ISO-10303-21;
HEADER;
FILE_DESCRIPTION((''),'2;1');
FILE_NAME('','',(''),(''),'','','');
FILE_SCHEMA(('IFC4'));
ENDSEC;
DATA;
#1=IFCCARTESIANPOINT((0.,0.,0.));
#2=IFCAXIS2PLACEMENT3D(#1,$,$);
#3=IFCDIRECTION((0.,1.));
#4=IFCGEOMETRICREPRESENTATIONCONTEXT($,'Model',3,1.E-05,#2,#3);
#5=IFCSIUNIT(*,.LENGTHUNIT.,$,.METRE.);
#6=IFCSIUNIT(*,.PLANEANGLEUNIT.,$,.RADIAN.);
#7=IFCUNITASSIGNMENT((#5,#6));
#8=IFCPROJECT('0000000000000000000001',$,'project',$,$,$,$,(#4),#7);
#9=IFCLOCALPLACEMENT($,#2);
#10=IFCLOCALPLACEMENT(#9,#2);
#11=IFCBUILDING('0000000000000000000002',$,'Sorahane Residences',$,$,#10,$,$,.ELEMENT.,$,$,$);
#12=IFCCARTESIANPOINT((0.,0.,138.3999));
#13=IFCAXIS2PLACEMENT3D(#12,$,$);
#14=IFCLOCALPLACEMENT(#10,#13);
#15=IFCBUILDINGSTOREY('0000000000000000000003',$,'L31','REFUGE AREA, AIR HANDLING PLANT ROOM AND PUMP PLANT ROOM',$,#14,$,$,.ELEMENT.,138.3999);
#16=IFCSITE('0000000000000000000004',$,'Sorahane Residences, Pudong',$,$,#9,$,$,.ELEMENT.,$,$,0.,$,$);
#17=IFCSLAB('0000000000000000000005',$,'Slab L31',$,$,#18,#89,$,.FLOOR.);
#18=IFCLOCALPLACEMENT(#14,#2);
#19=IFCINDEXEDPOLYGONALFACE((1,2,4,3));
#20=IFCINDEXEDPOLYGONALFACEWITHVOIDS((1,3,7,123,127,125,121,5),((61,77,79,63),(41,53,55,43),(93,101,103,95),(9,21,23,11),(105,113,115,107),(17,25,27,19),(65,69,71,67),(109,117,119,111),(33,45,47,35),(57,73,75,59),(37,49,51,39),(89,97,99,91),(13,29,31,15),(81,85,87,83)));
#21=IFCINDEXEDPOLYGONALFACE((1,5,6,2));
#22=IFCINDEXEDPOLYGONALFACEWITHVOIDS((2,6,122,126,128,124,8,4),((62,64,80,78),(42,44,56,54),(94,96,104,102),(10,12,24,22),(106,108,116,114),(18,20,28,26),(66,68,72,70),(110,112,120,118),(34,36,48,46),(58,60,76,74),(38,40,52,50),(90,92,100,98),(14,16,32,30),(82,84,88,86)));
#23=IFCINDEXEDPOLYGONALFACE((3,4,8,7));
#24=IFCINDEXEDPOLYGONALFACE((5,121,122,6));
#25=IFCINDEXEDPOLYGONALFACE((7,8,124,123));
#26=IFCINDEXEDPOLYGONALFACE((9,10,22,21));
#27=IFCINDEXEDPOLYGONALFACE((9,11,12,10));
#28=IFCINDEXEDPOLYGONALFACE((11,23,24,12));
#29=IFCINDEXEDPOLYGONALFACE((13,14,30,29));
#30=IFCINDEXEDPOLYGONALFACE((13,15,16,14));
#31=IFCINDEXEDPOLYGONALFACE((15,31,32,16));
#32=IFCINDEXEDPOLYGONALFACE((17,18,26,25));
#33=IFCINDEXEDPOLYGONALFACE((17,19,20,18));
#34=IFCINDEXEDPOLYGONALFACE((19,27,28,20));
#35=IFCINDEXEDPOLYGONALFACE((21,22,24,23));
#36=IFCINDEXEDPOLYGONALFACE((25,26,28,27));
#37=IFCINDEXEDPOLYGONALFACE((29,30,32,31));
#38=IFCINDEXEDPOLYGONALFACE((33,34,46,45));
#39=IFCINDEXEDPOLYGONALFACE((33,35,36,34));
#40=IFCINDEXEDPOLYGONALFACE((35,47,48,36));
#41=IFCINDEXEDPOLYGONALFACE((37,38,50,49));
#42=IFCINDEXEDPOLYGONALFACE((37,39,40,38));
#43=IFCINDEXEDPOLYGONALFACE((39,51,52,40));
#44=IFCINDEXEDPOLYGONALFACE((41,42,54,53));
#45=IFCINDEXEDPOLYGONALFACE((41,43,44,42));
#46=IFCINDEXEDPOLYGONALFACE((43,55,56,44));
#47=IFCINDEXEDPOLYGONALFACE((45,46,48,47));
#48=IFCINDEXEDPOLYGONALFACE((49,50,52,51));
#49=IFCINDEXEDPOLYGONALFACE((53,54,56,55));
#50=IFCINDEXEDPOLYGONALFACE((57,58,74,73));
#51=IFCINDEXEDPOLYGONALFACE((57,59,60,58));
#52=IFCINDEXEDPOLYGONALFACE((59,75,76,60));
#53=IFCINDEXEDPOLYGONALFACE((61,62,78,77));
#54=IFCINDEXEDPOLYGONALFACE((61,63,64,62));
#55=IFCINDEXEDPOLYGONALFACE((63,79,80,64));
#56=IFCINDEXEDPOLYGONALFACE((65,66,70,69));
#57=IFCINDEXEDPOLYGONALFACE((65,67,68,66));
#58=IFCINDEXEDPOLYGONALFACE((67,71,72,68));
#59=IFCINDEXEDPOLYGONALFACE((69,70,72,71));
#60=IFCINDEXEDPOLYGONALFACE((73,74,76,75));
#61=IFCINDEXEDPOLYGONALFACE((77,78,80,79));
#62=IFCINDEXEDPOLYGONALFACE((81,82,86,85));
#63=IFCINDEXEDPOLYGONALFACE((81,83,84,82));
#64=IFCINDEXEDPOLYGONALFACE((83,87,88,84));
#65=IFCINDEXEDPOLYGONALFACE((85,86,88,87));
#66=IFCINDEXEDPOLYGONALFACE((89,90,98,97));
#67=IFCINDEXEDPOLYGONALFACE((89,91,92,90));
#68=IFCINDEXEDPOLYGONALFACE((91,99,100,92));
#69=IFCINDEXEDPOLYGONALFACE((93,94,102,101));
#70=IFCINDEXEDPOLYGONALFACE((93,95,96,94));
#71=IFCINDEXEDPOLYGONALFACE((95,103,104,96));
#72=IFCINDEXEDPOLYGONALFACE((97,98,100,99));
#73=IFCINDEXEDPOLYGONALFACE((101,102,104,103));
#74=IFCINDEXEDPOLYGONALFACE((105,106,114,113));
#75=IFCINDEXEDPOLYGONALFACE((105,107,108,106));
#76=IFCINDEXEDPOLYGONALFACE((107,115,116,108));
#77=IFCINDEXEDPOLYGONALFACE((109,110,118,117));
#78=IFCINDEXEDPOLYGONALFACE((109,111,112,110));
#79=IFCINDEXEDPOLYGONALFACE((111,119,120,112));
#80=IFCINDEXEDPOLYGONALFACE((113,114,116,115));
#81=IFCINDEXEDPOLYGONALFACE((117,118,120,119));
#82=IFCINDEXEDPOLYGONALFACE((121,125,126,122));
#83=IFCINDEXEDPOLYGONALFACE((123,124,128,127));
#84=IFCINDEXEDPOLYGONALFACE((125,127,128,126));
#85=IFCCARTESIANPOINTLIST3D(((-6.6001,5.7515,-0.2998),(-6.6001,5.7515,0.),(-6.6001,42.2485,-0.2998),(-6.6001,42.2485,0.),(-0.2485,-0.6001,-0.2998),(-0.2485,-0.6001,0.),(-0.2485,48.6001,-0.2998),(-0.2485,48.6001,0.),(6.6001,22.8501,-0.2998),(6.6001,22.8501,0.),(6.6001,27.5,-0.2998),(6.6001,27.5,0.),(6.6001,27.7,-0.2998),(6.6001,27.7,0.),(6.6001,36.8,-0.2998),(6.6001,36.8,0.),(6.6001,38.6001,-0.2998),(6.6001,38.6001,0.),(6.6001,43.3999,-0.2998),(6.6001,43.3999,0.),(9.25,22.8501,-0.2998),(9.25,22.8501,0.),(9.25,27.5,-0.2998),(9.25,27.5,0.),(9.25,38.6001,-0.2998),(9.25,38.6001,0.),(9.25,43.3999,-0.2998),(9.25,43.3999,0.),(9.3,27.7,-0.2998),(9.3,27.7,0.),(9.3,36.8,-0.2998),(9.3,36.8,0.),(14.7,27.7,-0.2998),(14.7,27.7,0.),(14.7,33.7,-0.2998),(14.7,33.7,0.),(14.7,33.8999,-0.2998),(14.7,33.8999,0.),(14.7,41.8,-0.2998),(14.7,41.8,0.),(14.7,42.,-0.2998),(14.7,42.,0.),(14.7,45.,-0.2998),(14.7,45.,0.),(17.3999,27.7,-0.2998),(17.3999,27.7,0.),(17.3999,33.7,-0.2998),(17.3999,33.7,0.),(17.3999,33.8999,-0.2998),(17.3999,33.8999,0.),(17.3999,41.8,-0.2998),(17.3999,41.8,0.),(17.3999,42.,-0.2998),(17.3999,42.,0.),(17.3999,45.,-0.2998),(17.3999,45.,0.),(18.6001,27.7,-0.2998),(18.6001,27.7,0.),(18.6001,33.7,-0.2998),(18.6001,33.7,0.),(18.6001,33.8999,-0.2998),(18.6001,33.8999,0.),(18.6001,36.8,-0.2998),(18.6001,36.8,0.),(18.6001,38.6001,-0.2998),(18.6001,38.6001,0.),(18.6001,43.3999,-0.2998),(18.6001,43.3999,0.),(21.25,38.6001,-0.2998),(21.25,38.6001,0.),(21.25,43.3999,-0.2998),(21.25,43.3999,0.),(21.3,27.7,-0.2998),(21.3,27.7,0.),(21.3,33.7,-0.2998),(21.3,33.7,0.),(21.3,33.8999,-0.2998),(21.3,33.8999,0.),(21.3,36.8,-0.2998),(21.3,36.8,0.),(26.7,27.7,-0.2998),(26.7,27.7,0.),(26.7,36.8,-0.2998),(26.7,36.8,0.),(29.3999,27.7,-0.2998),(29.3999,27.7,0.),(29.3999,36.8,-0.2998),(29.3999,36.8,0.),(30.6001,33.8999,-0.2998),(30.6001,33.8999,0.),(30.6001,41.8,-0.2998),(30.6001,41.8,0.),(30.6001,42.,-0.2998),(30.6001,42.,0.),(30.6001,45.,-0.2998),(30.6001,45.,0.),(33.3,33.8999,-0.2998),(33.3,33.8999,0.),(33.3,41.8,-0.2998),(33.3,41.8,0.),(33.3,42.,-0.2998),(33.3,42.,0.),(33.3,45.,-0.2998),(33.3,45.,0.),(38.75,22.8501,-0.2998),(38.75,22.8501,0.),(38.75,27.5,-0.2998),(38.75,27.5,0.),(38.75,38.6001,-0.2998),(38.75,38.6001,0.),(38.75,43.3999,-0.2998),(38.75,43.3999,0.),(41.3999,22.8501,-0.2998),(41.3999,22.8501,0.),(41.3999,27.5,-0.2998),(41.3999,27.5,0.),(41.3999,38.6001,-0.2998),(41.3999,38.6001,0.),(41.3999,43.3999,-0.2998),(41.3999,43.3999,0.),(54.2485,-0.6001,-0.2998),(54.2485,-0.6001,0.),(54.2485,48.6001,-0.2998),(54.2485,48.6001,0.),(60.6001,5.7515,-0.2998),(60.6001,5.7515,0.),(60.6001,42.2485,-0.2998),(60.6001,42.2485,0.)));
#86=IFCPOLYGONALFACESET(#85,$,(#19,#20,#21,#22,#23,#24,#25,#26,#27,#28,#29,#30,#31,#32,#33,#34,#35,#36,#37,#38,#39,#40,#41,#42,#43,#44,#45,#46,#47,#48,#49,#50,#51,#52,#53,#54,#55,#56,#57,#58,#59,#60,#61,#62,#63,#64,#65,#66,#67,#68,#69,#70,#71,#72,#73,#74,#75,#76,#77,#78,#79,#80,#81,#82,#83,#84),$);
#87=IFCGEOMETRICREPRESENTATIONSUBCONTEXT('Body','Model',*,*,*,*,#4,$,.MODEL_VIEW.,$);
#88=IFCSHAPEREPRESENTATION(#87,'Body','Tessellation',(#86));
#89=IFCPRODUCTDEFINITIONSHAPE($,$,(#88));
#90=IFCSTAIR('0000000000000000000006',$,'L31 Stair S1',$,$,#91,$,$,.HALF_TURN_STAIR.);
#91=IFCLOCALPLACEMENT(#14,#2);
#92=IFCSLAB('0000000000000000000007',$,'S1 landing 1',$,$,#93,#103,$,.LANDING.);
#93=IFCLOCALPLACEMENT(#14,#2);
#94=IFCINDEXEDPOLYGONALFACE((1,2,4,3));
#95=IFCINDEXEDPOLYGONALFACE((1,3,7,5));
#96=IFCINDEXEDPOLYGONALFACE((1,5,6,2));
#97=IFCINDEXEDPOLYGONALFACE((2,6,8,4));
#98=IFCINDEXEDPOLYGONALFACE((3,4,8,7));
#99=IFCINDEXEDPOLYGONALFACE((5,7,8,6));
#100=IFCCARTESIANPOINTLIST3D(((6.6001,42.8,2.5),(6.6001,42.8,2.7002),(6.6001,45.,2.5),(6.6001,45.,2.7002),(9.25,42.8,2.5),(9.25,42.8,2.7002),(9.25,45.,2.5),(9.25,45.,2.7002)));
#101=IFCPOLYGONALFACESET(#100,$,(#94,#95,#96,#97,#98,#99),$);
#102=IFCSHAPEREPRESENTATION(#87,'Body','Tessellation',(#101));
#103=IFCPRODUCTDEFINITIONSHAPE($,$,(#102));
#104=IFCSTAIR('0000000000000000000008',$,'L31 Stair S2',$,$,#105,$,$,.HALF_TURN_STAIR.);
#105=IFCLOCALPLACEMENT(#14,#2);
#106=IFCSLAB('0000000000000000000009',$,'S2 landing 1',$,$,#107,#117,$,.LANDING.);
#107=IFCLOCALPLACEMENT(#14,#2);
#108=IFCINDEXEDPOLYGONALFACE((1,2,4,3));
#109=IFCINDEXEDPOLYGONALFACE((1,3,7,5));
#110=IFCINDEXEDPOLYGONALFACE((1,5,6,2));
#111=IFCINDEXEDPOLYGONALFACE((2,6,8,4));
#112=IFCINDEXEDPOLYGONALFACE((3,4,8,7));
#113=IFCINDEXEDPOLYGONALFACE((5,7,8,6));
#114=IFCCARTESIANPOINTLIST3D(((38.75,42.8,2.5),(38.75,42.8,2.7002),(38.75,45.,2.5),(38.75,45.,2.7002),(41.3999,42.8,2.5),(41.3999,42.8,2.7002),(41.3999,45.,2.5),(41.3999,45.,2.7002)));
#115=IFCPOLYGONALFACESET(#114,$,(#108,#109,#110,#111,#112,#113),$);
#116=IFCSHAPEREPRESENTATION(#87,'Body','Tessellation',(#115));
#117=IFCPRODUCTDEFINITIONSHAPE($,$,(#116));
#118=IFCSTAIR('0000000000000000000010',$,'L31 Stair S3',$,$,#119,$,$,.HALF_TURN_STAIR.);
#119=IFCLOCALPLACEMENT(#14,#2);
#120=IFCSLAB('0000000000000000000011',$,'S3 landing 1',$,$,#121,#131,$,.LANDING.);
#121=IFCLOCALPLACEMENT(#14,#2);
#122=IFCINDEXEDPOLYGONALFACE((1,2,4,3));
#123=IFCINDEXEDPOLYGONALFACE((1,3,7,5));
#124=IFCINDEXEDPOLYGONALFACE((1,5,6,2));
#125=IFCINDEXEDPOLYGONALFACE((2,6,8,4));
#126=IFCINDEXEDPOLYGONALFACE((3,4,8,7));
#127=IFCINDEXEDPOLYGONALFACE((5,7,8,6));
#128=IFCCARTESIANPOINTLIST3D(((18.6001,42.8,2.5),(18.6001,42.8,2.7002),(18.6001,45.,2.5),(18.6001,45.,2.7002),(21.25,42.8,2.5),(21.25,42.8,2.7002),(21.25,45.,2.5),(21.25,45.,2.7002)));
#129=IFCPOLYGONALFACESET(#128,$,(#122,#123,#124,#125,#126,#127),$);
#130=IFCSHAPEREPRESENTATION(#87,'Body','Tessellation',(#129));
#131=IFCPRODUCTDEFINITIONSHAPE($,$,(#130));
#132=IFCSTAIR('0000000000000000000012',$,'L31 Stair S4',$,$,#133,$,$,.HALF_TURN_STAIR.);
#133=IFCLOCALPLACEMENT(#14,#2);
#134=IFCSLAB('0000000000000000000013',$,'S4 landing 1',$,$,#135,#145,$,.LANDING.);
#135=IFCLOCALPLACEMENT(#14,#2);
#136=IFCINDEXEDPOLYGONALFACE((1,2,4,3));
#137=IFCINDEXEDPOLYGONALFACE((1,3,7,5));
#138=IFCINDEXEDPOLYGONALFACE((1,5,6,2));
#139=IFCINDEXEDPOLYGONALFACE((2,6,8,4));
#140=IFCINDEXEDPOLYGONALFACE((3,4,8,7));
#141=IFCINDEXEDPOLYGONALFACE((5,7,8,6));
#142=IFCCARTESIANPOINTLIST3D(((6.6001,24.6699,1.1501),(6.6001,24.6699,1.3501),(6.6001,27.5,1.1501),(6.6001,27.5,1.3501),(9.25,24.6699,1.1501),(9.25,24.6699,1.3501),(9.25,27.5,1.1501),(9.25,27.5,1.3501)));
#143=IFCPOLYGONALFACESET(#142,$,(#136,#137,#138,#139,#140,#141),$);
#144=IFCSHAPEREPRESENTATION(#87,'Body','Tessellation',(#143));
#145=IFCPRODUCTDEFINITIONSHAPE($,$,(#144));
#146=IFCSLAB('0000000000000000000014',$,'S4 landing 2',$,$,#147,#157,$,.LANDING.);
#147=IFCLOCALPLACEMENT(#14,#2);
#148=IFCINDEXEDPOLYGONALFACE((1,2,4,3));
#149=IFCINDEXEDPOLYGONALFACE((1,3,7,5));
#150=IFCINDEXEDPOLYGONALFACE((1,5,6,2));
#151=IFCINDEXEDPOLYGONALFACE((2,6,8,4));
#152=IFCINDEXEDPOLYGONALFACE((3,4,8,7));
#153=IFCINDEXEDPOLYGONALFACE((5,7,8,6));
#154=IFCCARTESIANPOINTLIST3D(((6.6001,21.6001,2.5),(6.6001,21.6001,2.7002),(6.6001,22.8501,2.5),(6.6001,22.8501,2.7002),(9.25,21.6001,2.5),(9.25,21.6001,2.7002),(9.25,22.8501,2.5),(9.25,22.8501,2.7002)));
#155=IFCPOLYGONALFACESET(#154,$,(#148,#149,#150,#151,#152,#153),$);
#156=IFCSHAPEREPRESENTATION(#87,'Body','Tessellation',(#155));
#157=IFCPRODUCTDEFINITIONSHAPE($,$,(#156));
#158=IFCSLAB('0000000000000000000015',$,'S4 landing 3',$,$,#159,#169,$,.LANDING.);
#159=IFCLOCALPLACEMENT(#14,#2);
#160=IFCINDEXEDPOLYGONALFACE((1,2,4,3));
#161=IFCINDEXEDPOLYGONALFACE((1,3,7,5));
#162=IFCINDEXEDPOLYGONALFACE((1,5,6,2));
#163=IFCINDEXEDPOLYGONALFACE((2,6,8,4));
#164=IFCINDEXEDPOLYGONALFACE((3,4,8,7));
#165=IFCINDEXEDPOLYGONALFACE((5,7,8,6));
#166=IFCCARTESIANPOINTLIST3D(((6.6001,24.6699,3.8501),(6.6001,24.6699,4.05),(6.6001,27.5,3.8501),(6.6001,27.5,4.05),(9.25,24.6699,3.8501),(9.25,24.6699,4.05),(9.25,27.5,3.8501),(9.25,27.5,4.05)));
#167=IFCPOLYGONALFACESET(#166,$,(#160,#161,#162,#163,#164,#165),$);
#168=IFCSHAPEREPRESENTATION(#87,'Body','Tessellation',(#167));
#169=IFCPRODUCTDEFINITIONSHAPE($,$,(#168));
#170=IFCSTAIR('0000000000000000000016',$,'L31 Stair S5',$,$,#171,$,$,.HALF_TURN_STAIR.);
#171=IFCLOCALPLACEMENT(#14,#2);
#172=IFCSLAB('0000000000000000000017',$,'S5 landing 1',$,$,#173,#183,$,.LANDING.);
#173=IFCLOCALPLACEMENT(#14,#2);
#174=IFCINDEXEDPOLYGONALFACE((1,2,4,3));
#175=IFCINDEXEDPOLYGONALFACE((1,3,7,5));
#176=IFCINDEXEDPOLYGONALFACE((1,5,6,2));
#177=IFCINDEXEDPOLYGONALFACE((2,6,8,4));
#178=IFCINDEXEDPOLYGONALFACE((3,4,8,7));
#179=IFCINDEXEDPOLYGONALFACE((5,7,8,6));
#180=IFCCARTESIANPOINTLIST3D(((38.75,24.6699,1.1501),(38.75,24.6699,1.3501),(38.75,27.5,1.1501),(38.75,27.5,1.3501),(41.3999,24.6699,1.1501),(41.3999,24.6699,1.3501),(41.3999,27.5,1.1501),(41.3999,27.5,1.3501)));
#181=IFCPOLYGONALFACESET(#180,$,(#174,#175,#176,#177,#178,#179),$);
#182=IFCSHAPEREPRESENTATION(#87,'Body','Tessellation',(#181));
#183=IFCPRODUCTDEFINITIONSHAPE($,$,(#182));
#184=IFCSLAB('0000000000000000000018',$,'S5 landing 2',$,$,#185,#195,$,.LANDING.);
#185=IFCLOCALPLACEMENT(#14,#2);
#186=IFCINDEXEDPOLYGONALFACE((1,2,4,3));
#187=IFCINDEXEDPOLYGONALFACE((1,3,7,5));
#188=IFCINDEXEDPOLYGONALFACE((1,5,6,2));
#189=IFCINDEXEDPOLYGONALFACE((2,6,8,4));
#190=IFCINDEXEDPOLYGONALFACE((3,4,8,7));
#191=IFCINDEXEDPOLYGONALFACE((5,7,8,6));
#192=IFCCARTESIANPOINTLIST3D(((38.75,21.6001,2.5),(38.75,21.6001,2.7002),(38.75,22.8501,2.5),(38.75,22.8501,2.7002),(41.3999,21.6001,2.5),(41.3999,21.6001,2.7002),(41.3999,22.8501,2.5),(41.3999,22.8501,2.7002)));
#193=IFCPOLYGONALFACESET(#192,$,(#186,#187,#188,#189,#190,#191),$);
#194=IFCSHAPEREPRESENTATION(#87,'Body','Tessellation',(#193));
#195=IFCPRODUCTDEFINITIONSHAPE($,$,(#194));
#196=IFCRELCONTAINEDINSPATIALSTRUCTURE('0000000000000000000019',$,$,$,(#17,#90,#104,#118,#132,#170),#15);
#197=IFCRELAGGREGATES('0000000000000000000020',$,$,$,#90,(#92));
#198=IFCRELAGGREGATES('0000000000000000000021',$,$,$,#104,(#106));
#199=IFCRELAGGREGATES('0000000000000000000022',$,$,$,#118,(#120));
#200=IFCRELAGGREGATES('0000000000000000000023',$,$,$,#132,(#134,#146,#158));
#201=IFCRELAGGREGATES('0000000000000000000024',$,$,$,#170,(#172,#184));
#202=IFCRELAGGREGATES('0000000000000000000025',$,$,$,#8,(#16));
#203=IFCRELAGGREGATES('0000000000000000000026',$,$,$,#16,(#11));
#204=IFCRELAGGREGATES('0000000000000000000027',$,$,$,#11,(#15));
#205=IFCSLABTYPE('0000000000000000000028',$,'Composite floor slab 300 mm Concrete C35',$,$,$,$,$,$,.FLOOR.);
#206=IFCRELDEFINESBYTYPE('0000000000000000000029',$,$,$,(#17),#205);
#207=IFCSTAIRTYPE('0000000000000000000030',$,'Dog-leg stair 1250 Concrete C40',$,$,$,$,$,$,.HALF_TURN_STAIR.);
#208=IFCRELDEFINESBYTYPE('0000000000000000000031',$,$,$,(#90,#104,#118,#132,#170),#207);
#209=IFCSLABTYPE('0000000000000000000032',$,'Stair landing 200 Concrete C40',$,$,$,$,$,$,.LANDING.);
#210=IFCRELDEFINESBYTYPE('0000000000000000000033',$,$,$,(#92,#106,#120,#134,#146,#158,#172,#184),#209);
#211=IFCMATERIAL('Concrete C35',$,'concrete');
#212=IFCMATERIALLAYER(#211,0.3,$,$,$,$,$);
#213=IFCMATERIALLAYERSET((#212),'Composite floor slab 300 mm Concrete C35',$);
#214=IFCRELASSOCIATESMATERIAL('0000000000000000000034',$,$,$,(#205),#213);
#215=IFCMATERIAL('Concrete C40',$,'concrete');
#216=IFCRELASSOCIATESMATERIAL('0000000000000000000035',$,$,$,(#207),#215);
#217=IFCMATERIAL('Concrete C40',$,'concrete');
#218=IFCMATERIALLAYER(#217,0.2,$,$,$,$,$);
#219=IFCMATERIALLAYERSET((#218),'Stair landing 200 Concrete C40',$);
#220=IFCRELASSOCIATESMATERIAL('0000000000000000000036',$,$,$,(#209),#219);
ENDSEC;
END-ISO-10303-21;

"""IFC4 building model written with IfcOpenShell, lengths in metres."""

from ifc_helpers import new_model, si_unit, direction, frame, origin, place, context, subcontext, project, spatial, polyline, outline, extrude, material, layer, layer_set, type_object, element, aggregate, save


model = new_model("IFC4")

# Units and contexts
model_context = context("Model", 3, precision=1e-05, world=origin(), true_north=direction((0.0, 1.0)))
body_context = subcontext(model_context, "Body", "Model", "MODEL_VIEW")
ifc_project = project(units=[si_unit("LENGTHUNIT", "METRE"), si_unit("PLANEANGLEUNIT", "RADIAN")], contexts=[model_context])

# Site, building, storey
site_placement = place(None, origin())
site = spatial("IfcSite", under=ifc_project, at=site_placement, Name="Sorahane Residences, Pudong", CompositionType="ELEMENT", RefElevation=0.0)
building_placement = place(site_placement, origin())
building = spatial("IfcBuilding", under=site, at=building_placement, Name="Sorahane Residences", CompositionType="ELEMENT")
storey_placement = place(building_placement, frame((0.0, 0.0, 138.3999)))
storey = spatial("IfcBuildingStorey", under=building, at=storey_placement, Name="L31", Description="REFUGE AREA, AIR HANDLING PLANT ROOM AND PUMP PLANT ROOM", CompositionType="ELEMENT", Elevation=138.3999)

# Slab
ifc_material_1 = material(Name="Concrete C35", Category="concrete")
ifc_layer_1 = layer(ifc_material_1, 0.3)
ifc_layer_set_1 = layer_set([ifc_layer_1], Name="Composite floor slab 300 mm Concrete C35")
slab_type_1 = type_object("IfcSlabType", Name="Composite floor slab 300 mm Concrete C35", PredefinedType="FLOOR", material=ifc_layer_set_1)
slab_1_placement = place(storey_placement, frame((0.0, 0.0, -0.2998)))
element("IfcSlab", 1, at=slab_1_placement, inside=storey, type_object=slab_type_1, Name="Slab L31", PredefinedType="FLOOR", context=body_context, shape_type="SweptSolid", body=[
    extrude(outline(polyline([(-0.2485, -0.6001), (-6.6001, 5.7515), (-6.6001, 42.2485), (-0.2485, 48.6001), (54.2485, 48.6001), (60.6001, 42.2485), (60.6001, 5.7515), (54.2485, -0.6001), (-0.2485, -0.6001)]), holes=[polyline([(18.6001, 27.7), (21.3, 27.7), (21.3, 33.7), (18.6001, 33.7), (18.6001, 27.7)]), polyline([(30.6001, 42.0), (33.3, 42.0), (33.3, 45.0), (30.6001, 45.0), (30.6001, 42.0)]), polyline([(14.7, 27.7), (17.3999, 27.7), (17.3999, 33.7), (14.7, 33.7), (14.7, 27.7)]), polyline([(14.7, 42.0), (17.3999, 42.0), (17.3999, 45.0), (14.7, 45.0), (14.7, 42.0)]), polyline([(6.6001, 27.7), (9.3, 27.7), (9.3, 36.8), (6.6001, 36.8), (6.6001, 27.7)]), polyline([(6.6001, 43.3999), (9.25, 43.3999), (9.25, 38.6001), (6.6001, 38.6001), (6.6001, 43.3999)]), polyline([(38.75, 43.3999), (41.3999, 43.3999), (41.3999, 38.6001), (38.75, 38.6001), (38.75, 43.3999)]), polyline([(18.6001, 43.3999), (21.25, 43.3999), (21.25, 38.6001), (18.6001, 38.6001), (18.6001, 43.3999)]), polyline([(6.6001, 27.5), (9.25, 27.5), (9.25, 22.8501), (6.6001, 22.8501), (6.6001, 27.5)]), polyline([(38.75, 27.5), (41.3999, 27.5), (41.3999, 22.8501), (38.75, 22.8501), (38.75, 27.5)]), polyline([(14.7, 33.8999), (17.3999, 33.8999), (17.3999, 41.8), (14.7, 41.8), (14.7, 33.8999)]), polyline([(30.6001, 33.8999), (33.3, 33.8999), (33.3, 41.8), (30.6001, 41.8), (30.6001, 33.8999)]), polyline([(18.6001, 33.8999), (21.3, 33.8999), (21.3, 36.8), (18.6001, 36.8), (18.6001, 33.8999)]), polyline([(26.7, 27.7), (29.3999, 27.7), (29.3999, 36.8), (26.7, 36.8), (26.7, 27.7)])]), origin(), (0.0, 0.0, 1.0), 0.2998),
])

# Stairs, slabs
ifc_material_2 = material(Name="Concrete C40", Category="concrete")
stair_type = type_object("IfcStairType", Name="Dog-leg stair 1250 Concrete C40", PredefinedType="HALF_TURN_STAIR", material=ifc_material_2)
stair_1_placement = place(storey_placement, origin())
stair_1 = element("IfcStair", 2, at=stair_1_placement, inside=storey, type_object=stair_type, Name="L31 Stair S1", PredefinedType="HALF_TURN_STAIR")
ifc_material_3 = material(Name="Concrete C40", Category="concrete")
ifc_layer_2 = layer(ifc_material_3, 0.2)
ifc_layer_set_2 = layer_set([ifc_layer_2], Name="Stair landing 200 Concrete C40")
slab_type_2 = type_object("IfcSlabType", Name="Stair landing 200 Concrete C40", PredefinedType="LANDING", material=ifc_layer_set_2)
slab_2_placement = place(storey_placement, frame((0.0, 0.0, 2.5)))
slab_2 = element("IfcSlab", 3, at=slab_2_placement, type_object=slab_type_2, Name="S1 landing 1", PredefinedType="LANDING", context=body_context, shape_type="SweptSolid", body=[
    extrude(outline(polyline([(9.25, 42.8), (9.25, 45.0), (6.6001, 45.0), (6.6001, 42.8), (9.25, 42.8)])), origin(), (0.0, 0.0, 1.0), 0.2002),
])
aggregate(stair_1, [slab_2])
stair_2_placement = place(storey_placement, origin())
stair_2 = element("IfcStair", 4, at=stair_2_placement, inside=storey, type_object=stair_type, Name="L31 Stair S2", PredefinedType="HALF_TURN_STAIR")
slab_3_placement = place(storey_placement, frame((0.0, 0.0, 2.5)))
slab_3 = element("IfcSlab", 5, at=slab_3_placement, type_object=slab_type_2, Name="S2 landing 1", PredefinedType="LANDING", context=body_context, shape_type="SweptSolid", body=[
    extrude(outline(polyline([(41.3999, 42.8), (41.3999, 45.0), (38.75, 45.0), (38.75, 42.8), (41.3999, 42.8)])), origin(), (0.0, 0.0, 1.0), 0.2002),
])
aggregate(stair_2, [slab_3])
stair_3_placement = place(storey_placement, origin())
stair_3 = element("IfcStair", 6, at=stair_3_placement, inside=storey, type_object=stair_type, Name="L31 Stair S3", PredefinedType="HALF_TURN_STAIR")
slab_4_placement = place(storey_placement, frame((0.0, 0.0, 2.5)))
slab_4 = element("IfcSlab", 7, at=slab_4_placement, type_object=slab_type_2, Name="S3 landing 1", PredefinedType="LANDING", context=body_context, shape_type="SweptSolid", body=[
    extrude(outline(polyline([(21.25, 42.8), (21.25, 45.0), (18.6001, 45.0), (18.6001, 42.8), (21.25, 42.8)])), origin(), (0.0, 0.0, 1.0), 0.2002),
])
aggregate(stair_3, [slab_4])

# Stairs, slabs
stair_4_placement = place(storey_placement, origin())
stair_4 = element("IfcStair", 8, at=stair_4_placement, inside=storey, type_object=stair_type, Name="L31 Stair S4", PredefinedType="HALF_TURN_STAIR")
slab_5_placement = place(storey_placement, frame((0.0, 0.0, 1.1501)))
slab_5 = element("IfcSlab", 9, at=slab_5_placement, type_object=slab_type_2, Name="S4 landing 1", PredefinedType="LANDING", context=body_context, shape_type="SweptSolid", body=[
    extrude(outline(polyline([(9.25, 24.6699), (9.25, 27.5), (6.6001, 27.5), (6.6001, 24.6699), (9.25, 24.6699)])), origin(), (0.0, 0.0, 1.0), 0.2),
])
slab_6_placement = place(storey_placement, frame((0.0, 0.0, 2.5)))
slab_6 = element("IfcSlab", 10, at=slab_6_placement, type_object=slab_type_2, Name="S4 landing 2", PredefinedType="LANDING", context=body_context, shape_type="SweptSolid", body=[
    extrude(outline(polyline([(9.25, 21.6001), (9.25, 22.8501), (6.6001, 22.8501), (6.6001, 21.6001), (9.25, 21.6001)])), origin(), (0.0, 0.0, 1.0), 0.2002),
])
slab_7_placement = place(storey_placement, frame((0.0, 0.0, 3.8501)))
slab_7 = element("IfcSlab", 11, at=slab_7_placement, type_object=slab_type_2, Name="S4 landing 3", PredefinedType="LANDING", context=body_context, shape_type="SweptSolid", body=[
    extrude(outline(polyline([(9.25, 24.6699), (9.25, 27.5), (6.6001, 27.5), (6.6001, 24.6699), (9.25, 24.6699)])), origin(), (0.0, 0.0, 1.0), 0.2),
])
aggregate(stair_4, [slab_5, slab_6, slab_7])
stair_5_placement = place(storey_placement, origin())
stair_5 = element("IfcStair", 12, at=stair_5_placement, inside=storey, type_object=stair_type, Name="L31 Stair S5", PredefinedType="HALF_TURN_STAIR")
slab_8_placement = place(storey_placement, frame((0.0, 0.0, 1.1501)))
slab_8 = element("IfcSlab", 13, at=slab_8_placement, type_object=slab_type_2, Name="S5 landing 1", PredefinedType="LANDING", context=body_context, shape_type="SweptSolid", body=[
    extrude(outline(polyline([(41.3999, 24.6699), (41.3999, 27.5), (38.75, 27.5), (38.75, 24.6699), (41.3999, 24.6699)])), origin(), (0.0, 0.0, 1.0), 0.2),
])
slab_9_placement = place(storey_placement, frame((0.0, 0.0, 2.5)))
slab_9 = element("IfcSlab", 14, at=slab_9_placement, type_object=slab_type_2, Name="S5 landing 2", PredefinedType="LANDING", context=body_context, shape_type="SweptSolid", body=[
    extrude(outline(polyline([(41.3999, 21.6001), (41.3999, 22.8501), (38.75, 22.8501), (38.75, 21.6001), (41.3999, 21.6001)])), origin(), (0.0, 0.0, 1.0), 0.2002),
])
aggregate(stair_5, [slab_8, slab_9])

save(model, "model.ifc")
